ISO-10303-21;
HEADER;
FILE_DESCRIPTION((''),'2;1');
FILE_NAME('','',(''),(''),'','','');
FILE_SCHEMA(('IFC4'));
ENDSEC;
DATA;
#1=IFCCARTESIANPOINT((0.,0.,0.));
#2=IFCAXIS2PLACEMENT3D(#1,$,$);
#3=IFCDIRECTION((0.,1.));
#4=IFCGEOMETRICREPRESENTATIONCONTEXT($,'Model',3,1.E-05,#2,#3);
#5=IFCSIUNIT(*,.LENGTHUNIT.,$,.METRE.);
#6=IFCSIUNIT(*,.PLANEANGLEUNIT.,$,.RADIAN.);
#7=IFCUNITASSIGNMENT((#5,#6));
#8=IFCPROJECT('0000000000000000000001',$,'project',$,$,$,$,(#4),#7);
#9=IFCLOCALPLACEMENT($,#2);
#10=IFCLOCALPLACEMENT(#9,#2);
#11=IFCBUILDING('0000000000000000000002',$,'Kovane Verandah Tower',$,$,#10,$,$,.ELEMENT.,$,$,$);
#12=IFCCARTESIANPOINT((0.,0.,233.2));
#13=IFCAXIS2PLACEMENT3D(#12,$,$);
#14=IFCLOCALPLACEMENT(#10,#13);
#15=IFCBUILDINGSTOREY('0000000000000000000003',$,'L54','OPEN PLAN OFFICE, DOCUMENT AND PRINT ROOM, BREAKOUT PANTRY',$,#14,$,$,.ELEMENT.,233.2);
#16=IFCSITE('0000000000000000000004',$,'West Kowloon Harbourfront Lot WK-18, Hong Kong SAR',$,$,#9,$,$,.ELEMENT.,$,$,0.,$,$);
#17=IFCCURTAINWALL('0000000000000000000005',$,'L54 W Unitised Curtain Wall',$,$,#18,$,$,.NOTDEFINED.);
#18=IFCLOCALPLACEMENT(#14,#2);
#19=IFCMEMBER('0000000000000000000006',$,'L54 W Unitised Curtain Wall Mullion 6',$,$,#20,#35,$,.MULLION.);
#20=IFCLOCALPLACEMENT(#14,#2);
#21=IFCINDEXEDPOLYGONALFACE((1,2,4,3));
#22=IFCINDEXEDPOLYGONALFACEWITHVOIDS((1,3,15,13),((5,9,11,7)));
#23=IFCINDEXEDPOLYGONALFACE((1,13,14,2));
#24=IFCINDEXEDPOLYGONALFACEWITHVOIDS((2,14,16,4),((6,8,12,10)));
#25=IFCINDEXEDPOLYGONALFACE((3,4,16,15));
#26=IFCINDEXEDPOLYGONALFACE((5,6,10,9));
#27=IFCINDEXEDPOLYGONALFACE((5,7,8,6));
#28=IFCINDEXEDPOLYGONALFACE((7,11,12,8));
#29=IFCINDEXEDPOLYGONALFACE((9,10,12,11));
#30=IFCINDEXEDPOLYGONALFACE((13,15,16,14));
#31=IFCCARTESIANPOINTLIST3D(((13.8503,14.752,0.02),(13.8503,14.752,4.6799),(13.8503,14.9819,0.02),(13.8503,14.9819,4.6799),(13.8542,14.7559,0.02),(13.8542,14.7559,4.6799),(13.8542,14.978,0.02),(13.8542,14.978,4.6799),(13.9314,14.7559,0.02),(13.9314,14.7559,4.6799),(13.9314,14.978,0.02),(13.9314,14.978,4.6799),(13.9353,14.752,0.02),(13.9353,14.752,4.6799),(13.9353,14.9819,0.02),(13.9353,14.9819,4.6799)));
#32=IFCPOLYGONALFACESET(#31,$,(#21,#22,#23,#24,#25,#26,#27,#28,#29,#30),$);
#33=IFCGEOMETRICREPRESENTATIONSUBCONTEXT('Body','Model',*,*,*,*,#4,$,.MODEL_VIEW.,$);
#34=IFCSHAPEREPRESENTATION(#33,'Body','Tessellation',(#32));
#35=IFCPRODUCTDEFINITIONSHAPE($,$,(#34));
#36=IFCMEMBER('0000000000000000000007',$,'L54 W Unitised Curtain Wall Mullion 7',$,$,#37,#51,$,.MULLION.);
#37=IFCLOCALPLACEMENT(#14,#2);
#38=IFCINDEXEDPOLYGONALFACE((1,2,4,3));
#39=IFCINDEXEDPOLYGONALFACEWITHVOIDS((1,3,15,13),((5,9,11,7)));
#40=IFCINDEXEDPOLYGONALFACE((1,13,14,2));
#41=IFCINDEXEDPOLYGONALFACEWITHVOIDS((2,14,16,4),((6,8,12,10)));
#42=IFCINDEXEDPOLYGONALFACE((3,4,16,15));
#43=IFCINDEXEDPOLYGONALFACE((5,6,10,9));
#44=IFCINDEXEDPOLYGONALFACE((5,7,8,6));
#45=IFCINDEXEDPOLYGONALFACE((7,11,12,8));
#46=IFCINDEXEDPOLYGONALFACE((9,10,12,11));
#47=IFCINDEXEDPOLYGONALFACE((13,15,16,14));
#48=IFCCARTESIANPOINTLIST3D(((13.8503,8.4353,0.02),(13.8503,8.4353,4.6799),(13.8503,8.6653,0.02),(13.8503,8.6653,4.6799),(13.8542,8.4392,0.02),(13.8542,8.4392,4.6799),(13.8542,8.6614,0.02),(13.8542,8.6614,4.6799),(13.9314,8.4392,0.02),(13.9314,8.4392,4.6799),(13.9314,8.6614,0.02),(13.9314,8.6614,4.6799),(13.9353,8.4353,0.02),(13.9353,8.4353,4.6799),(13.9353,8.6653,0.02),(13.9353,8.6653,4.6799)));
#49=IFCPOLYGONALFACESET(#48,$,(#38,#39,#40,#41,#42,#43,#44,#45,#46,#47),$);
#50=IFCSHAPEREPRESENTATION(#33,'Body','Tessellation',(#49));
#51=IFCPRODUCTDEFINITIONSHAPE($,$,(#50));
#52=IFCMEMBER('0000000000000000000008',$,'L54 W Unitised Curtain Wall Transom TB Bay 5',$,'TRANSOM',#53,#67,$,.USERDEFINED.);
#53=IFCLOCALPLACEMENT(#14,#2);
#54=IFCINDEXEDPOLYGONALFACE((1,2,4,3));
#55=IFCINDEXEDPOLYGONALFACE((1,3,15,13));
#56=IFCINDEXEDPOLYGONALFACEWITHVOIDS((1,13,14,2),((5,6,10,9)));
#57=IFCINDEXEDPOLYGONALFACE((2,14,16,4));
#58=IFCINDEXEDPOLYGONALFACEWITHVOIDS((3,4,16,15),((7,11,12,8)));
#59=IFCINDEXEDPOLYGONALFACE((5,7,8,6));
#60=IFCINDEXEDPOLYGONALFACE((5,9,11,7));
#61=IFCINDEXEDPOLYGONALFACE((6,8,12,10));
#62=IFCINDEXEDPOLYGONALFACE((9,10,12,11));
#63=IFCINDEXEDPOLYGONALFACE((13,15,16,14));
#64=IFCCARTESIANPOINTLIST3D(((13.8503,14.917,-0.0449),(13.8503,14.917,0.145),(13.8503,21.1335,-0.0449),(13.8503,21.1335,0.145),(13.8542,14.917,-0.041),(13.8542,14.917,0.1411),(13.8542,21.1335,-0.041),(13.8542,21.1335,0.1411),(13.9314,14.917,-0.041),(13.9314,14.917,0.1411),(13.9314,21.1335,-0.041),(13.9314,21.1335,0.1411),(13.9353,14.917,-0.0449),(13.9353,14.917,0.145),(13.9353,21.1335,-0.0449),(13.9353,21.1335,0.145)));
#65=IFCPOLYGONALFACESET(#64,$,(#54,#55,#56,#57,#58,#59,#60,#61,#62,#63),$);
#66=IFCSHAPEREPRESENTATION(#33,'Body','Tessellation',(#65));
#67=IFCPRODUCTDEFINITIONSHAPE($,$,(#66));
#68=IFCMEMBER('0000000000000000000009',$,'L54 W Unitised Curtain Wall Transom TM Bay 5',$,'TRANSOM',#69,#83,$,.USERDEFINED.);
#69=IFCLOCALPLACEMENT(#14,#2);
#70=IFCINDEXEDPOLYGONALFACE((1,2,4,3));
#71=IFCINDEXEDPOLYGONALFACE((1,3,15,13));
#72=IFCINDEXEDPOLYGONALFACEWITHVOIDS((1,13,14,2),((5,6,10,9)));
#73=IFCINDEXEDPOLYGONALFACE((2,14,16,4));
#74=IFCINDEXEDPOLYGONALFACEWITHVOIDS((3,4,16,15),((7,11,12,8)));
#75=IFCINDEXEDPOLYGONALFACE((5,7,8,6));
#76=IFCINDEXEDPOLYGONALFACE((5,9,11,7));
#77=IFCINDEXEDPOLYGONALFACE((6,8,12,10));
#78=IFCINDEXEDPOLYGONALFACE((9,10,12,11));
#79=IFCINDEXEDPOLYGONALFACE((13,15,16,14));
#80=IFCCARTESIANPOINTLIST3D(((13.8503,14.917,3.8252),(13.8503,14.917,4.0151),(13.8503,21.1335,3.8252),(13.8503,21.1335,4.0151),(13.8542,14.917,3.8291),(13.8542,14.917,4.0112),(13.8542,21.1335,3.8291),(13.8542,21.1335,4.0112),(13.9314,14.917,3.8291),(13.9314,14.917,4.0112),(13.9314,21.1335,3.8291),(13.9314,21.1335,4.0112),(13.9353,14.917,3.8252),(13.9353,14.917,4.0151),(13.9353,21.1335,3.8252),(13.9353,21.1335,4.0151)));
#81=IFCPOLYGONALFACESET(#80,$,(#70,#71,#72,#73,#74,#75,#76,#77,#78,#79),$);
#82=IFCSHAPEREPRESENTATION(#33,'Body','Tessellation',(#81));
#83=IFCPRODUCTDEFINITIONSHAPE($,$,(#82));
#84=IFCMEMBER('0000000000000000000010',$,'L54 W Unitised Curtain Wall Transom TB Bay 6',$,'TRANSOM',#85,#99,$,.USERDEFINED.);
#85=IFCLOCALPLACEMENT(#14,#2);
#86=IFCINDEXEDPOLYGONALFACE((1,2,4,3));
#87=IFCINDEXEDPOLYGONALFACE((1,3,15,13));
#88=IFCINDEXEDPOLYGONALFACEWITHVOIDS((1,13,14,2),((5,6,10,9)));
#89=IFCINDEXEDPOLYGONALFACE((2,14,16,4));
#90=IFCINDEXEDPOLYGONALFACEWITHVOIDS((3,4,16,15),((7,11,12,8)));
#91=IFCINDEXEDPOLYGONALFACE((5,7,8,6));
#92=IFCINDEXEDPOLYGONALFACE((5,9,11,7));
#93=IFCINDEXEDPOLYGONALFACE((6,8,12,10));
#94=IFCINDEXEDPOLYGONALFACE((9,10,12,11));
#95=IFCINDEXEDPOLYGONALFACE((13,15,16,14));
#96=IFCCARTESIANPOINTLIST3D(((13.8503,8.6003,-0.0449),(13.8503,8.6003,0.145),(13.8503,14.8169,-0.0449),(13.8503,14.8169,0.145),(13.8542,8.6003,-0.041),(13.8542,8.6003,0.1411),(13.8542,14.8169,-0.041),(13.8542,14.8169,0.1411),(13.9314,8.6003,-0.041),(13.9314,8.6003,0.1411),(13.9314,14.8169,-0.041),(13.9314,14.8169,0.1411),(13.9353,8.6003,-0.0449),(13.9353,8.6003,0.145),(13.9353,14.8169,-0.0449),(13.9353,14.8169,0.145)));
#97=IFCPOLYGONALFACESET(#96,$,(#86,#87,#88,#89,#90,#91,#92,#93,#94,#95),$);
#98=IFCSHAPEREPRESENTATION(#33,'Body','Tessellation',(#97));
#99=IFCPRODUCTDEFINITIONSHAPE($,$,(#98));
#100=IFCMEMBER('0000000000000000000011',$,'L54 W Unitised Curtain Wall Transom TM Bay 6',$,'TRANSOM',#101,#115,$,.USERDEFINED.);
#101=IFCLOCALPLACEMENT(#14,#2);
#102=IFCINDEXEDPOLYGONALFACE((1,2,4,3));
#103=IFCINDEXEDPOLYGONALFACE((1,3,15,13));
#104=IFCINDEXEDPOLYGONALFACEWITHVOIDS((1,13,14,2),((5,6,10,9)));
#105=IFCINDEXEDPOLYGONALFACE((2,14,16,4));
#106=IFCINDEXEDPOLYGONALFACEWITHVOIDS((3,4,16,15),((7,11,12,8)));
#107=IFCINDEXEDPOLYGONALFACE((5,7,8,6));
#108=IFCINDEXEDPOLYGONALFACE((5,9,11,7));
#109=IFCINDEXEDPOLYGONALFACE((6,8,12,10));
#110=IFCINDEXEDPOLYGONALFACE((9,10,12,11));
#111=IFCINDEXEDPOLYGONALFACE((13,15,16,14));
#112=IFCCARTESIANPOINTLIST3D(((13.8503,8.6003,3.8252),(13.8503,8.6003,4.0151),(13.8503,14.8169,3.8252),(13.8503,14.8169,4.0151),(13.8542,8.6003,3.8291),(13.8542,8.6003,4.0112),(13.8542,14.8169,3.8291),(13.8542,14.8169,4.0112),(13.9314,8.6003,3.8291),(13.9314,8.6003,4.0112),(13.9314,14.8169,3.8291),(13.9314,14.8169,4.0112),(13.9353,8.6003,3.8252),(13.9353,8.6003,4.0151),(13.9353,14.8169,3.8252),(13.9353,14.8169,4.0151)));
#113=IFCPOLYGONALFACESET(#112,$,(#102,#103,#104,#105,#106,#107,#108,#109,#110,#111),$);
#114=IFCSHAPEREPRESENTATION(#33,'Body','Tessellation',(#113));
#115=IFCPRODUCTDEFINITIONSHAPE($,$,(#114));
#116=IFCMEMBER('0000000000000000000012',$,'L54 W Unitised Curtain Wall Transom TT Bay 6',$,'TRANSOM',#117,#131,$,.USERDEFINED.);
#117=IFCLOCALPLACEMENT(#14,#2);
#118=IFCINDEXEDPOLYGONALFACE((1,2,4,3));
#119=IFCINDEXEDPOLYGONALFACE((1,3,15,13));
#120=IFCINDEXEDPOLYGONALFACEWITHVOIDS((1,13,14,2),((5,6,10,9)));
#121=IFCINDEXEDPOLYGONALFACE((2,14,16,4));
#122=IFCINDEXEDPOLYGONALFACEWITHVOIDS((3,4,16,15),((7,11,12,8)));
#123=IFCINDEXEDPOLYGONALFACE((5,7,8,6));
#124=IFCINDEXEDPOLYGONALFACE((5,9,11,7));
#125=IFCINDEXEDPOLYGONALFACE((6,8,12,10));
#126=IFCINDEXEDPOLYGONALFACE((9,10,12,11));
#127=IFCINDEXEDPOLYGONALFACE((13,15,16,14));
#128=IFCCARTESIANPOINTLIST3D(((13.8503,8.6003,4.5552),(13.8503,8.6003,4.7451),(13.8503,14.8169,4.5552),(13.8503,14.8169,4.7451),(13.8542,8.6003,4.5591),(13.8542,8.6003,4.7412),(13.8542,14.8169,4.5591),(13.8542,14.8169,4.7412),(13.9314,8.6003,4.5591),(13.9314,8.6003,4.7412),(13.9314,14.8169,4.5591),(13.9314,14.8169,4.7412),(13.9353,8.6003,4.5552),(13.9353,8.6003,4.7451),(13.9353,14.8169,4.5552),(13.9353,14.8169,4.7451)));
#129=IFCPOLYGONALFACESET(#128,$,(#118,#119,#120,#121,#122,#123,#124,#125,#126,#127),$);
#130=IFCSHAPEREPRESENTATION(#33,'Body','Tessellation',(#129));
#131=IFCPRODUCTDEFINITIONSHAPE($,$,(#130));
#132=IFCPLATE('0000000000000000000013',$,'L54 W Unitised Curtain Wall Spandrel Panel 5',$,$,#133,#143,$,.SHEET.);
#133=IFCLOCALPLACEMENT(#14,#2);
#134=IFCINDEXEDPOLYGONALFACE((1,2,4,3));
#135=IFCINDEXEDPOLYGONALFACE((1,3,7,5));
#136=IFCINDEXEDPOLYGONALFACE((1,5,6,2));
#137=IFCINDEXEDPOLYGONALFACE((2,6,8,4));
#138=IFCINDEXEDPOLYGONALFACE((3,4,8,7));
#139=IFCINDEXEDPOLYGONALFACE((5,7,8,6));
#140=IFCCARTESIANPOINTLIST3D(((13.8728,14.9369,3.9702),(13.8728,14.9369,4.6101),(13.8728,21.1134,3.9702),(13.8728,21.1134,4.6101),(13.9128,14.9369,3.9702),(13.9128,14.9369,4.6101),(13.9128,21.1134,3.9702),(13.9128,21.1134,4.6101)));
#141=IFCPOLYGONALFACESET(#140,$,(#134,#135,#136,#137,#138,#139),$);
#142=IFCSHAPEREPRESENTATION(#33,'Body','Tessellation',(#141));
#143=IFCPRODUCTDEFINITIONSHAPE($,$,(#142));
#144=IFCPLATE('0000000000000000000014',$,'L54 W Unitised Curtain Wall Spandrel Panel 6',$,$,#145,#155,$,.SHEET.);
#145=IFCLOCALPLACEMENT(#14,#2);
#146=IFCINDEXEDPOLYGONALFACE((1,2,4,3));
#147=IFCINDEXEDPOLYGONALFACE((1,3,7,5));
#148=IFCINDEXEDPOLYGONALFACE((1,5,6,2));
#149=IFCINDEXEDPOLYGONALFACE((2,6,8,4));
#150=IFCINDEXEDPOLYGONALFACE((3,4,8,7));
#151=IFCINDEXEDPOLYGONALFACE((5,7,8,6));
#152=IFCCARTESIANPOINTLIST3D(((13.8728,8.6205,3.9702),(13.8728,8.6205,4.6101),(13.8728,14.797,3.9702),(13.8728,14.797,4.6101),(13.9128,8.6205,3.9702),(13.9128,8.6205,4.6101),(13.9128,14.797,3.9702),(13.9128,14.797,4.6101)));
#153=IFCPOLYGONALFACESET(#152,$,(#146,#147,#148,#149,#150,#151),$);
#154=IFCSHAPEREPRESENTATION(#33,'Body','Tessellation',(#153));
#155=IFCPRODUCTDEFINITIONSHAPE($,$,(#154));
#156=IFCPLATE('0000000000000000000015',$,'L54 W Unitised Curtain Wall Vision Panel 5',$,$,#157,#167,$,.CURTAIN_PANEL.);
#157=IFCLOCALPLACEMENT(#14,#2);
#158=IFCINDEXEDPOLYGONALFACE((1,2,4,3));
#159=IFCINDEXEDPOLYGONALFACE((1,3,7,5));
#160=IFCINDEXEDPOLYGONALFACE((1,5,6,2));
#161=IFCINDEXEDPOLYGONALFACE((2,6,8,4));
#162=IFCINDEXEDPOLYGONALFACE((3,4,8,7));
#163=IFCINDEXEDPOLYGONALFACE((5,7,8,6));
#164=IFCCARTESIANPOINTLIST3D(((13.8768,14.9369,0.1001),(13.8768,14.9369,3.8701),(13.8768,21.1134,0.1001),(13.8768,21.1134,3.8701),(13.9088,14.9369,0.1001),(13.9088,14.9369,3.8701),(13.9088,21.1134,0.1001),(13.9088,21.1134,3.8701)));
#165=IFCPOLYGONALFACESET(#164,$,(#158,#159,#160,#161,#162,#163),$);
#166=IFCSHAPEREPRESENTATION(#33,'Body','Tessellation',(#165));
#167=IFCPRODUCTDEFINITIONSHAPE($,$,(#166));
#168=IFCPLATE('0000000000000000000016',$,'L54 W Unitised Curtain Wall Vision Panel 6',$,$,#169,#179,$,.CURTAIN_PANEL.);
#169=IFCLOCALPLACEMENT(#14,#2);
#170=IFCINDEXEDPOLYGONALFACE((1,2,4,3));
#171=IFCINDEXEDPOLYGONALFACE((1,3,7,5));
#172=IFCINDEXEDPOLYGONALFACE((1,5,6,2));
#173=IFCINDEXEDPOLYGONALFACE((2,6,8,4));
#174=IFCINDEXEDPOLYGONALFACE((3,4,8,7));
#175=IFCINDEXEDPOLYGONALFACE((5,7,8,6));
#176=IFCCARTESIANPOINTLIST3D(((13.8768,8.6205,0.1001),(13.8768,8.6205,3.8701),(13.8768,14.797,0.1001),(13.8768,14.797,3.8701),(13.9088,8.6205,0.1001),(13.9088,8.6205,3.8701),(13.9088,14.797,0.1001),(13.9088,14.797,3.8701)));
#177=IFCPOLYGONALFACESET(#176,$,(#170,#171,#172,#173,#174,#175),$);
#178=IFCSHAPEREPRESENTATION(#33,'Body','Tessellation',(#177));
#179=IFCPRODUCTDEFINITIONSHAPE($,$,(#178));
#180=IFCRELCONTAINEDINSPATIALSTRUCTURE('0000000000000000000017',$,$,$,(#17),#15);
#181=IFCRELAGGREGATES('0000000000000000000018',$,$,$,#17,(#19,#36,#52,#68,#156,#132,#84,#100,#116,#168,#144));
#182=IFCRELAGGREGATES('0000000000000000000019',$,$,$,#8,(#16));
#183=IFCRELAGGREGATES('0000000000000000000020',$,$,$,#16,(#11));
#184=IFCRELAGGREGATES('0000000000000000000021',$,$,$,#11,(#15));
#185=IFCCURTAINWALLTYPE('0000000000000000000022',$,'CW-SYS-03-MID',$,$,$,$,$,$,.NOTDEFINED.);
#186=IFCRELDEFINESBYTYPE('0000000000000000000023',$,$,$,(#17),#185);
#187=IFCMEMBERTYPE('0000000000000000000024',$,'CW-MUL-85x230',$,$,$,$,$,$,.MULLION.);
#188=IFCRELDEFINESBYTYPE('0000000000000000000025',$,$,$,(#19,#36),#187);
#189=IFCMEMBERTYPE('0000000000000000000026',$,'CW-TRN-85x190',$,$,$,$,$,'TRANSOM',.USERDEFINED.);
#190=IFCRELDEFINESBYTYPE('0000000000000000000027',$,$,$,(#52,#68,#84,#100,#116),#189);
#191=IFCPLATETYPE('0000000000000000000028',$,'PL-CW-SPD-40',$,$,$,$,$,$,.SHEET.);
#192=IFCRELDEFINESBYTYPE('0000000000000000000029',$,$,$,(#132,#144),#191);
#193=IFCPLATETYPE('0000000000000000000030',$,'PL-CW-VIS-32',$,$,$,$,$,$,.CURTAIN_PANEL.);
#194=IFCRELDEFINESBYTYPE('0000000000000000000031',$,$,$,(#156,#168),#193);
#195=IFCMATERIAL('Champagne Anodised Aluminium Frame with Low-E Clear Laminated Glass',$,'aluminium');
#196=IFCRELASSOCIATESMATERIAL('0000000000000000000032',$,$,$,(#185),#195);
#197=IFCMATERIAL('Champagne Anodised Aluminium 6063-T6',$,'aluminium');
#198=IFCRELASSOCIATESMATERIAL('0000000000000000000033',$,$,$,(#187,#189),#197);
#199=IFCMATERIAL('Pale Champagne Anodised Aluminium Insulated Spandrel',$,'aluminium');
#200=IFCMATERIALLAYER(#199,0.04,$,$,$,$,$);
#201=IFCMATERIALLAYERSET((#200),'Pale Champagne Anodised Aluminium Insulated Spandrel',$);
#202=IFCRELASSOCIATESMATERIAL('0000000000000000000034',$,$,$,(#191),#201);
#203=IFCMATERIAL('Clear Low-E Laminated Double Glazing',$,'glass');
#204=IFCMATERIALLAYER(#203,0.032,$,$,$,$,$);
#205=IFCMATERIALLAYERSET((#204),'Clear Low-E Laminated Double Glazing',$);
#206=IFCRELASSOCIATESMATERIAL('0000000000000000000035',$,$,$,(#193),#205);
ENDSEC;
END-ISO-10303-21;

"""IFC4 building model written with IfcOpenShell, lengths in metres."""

from ifc_helpers import new_model, si_unit, direction, frame, origin, origin_2d, place, context, subcontext, project, spatial, rectangle, hollow_rectangle, extrude, material, layer, layer_set, material_profile, profile_set, type_object, element, aggregate, save


model = new_model("IFC4")

# Units and contexts
model_context = context("Model", 3, precision=1e-05, world=origin(), true_north=direction((0.0, 1.0)))
body_context = subcontext(model_context, "Body", "Model", "MODEL_VIEW")
ifc_project = project(units=[si_unit("LENGTHUNIT", "METRE"), si_unit("PLANEANGLEUNIT", "RADIAN")], contexts=[model_context])

# Site, building, storey
site_placement = place(None, origin())
site = spatial("IfcSite", under=ifc_project, at=site_placement, Name="West Kowloon Harbourfront Lot WK-18, Hong Kong SAR", CompositionType="ELEMENT", RefElevation=0.0)
building_placement = place(site_placement, origin())
building = spatial("IfcBuilding", under=site, at=building_placement, Name="Kovane Verandah Tower", CompositionType="ELEMENT")
storey_placement = place(building_placement, frame((0.0, 0.0, 233.2)))
storey = spatial("IfcBuildingStorey", under=building, at=storey_placement, Name="L54", Description="OPEN PLAN OFFICE, DOCUMENT AND PRINT ROOM, BREAKOUT PANTRY", CompositionType="ELEMENT", Elevation=233.2)

# Curtain wall, members, plates
ifc_material_1 = material(Name="Champagne Anodised Aluminium Frame with Low-E Clear Laminated Glass", Category="aluminium")
curtain_wall_type = type_object("IfcCurtainWallType", Name="CW-SYS-03-MID", PredefinedType="NOTDEFINED", material=ifc_material_1)
curtain_wall_placement = place(storey_placement, origin())
curtain_wall = element("IfcCurtainWall", 1, at=curtain_wall_placement, inside=storey, type_object=curtain_wall_type, Name="L54 W Unitised Curtain Wall", PredefinedType="NOTDEFINED")
ifc_material_2 = material(Name="Champagne Anodised Aluminium 6063-T6", Category="aluminium")
ifc_material_profile_1 = material_profile(ifc_material_2, hollow_rectangle(XDim=0.085, YDim=0.23, WallThickness=0.0039, at=origin_2d()), Name="AL85x230x4")
ifc_profile_set_1 = profile_set([ifc_material_profile_1], Name="Champagne Anodised Aluminium 6063-T6")
member_type_1 = type_object("IfcMemberType", Name="CW-MUL-85x230", PredefinedType="MULLION", material=ifc_profile_set_1)
member_1_placement = place(storey_placement, frame((13.8928, 14.8669, 0.02), z_axis=(0.0, 0.0, 1.0), x_axis=(-1.0, 0.0, 0.0)))
member_1 = element("IfcMember", 2, at=member_1_placement, type_object=member_type_1, Name="L54 W Unitised Curtain Wall Mullion 6", PredefinedType="MULLION", context=body_context, shape_type="SweptSolid", body=[
    extrude(hollow_rectangle(XDim=0.085, YDim=0.23, WallThickness=0.0039, at=origin_2d()), origin(), (0.0, 0.0, 1.0), 4.6599),
])
member_2_placement = place(storey_placement, frame((13.8928, 8.5503, 0.02), z_axis=(0.0, 0.0, 1.0), x_axis=(-1.0, 0.0, 0.0)))
member_2 = element("IfcMember", 3, at=member_2_placement, type_object=member_type_1, Name="L54 W Unitised Curtain Wall Mullion 7", PredefinedType="MULLION", context=body_context, shape_type="SweptSolid", body=[
    extrude(hollow_rectangle(XDim=0.085, YDim=0.23, WallThickness=0.0039, at=origin_2d()), origin(), (0.0, 0.0, 1.0), 4.6599),
])
ifc_material_profile_2 = material_profile(ifc_material_2, hollow_rectangle(XDim=0.085, YDim=0.1899, WallThickness=0.0039, at=origin_2d()), Name="AL85x190x4")
ifc_profile_set_2 = profile_set([ifc_material_profile_2], Name="Champagne Anodised Aluminium 6063-T6")
member_type_2 = type_object("IfcMemberType", Name="CW-TRN-85x190", ElementType="TRANSOM", PredefinedType="USERDEFINED", material=ifc_profile_set_2)
member_3_placement = place(storey_placement, frame((13.8928, 21.1335, 0.05), z_axis=(0.0, -1.0, 0.0), x_axis=(1.0, 0.0, 0.0)))
member_3 = element("IfcMember", 4, at=member_3_placement, type_object=member_type_2, Name="L54 W Unitised Curtain Wall Transom TB Bay 5", ObjectType="TRANSOM", PredefinedType="USERDEFINED", context=body_context, shape_type="SweptSolid", body=[
    extrude(hollow_rectangle(XDim=0.085, YDim=0.1899, WallThickness=0.0039, at=origin_2d()), origin(), (0.0, 0.0, 1.0), 6.2166),
])
member_4_placement = place(storey_placement, frame((13.8928, 21.1335, 3.9202), z_axis=(0.0, -1.0, 0.0), x_axis=(1.0, 0.0, 0.0)))
member_4 = element("IfcMember", 5, at=member_4_placement, type_object=member_type_2, Name="L54 W Unitised Curtain Wall Transom TM Bay 5", ObjectType="TRANSOM", PredefinedType="USERDEFINED", context=body_context, shape_type="SweptSolid", body=[
    extrude(hollow_rectangle(XDim=0.085, YDim=0.1899, WallThickness=0.0039, at=origin_2d()), origin(), (0.0, 0.0, 1.0), 6.2166),
])
member_5_placement = place(storey_placement, frame((13.8928, 14.8169, 0.05), z_axis=(0.0, -1.0, 0.0), x_axis=(1.0, 0.0, 0.0)))
member_5 = element("IfcMember", 6, at=member_5_placement, type_object=member_type_2, Name="L54 W Unitised Curtain Wall Transom TB Bay 6", ObjectType="TRANSOM", PredefinedType="USERDEFINED", context=body_context, shape_type="SweptSolid", body=[
    extrude(hollow_rectangle(XDim=0.085, YDim=0.1899, WallThickness=0.0039, at=origin_2d()), origin(), (0.0, 0.0, 1.0), 6.2166),
])
member_6_placement = place(storey_placement, frame((13.8928, 14.8169, 3.9202), z_axis=(0.0, -1.0, 0.0), x_axis=(1.0, 0.0, 0.0)))
member_6 = element("IfcMember", 7, at=member_6_placement, type_object=member_type_2, Name="L54 W Unitised Curtain Wall Transom TM Bay 6", ObjectType="TRANSOM", PredefinedType="USERDEFINED", context=body_context, shape_type="SweptSolid", body=[
    extrude(hollow_rectangle(XDim=0.085, YDim=0.1899, WallThickness=0.0039, at=origin_2d()), origin(), (0.0, 0.0, 1.0), 6.2166),
])
member_7_placement = place(storey_placement, frame((13.8928, 14.8169, 4.6501), z_axis=(0.0, -1.0, 0.0), x_axis=(1.0, 0.0, 0.0)))
member_7 = element("IfcMember", 8, at=member_7_placement, type_object=member_type_2, Name="L54 W Unitised Curtain Wall Transom TT Bay 6", ObjectType="TRANSOM", PredefinedType="USERDEFINED", context=body_context, shape_type="SweptSolid", body=[
    extrude(hollow_rectangle(XDim=0.085, YDim=0.1899, WallThickness=0.0039, at=origin_2d()), origin(), (0.0, 0.0, 1.0), 6.2166),
])
ifc_material_3 = material(Name="Pale Champagne Anodised Aluminium Insulated Spandrel", Category="aluminium")
ifc_layer_1 = layer(ifc_material_3, 0.04)
ifc_layer_set_1 = layer_set([ifc_layer_1], Name="Pale Champagne Anodised Aluminium Insulated Spandrel")
plate_type_1 = type_object("IfcPlateType", Name="PL-CW-SPD-40", PredefinedType="SHEET", material=ifc_layer_set_1)
plate_1_placement = place(storey_placement, frame((13.8928, 18.0251, 3.9702), z_axis=(0.0, 0.0, 1.0), x_axis=(0.0, -1.0, 0.0)))
plate_1 = element("IfcPlate", 9, at=plate_1_placement, type_object=plate_type_1, Name="L54 W Unitised Curtain Wall Spandrel Panel 5", PredefinedType="SHEET", context=body_context, shape_type="SweptSolid", body=[
    extrude(rectangle(XDim=6.1765, YDim=0.04, at=origin_2d()), origin(), (0.0, 0.0, 1.0), 0.6399),
])
plate_2_placement = place(storey_placement, frame((13.8928, 11.7087, 3.9702), z_axis=(0.0, 0.0, 1.0), x_axis=(0.0, -1.0, 0.0)))
plate_2 = element("IfcPlate", 10, at=plate_2_placement, type_object=plate_type_1, Name="L54 W Unitised Curtain Wall Spandrel Panel 6", PredefinedType="SHEET", context=body_context, shape_type="SweptSolid", body=[
    extrude(rectangle(XDim=6.1765, YDim=0.04, at=origin_2d()), origin(), (0.0, 0.0, 1.0), 0.6399),
])
ifc_material_4 = material(Name="Clear Low-E Laminated Double Glazing", Category="glass")
ifc_layer_2 = layer(ifc_material_4, 0.032)
ifc_layer_set_2 = layer_set([ifc_layer_2], Name="Clear Low-E Laminated Double Glazing")
plate_type_2 = type_object("IfcPlateType", Name="PL-CW-VIS-32", PredefinedType="CURTAIN_PANEL", material=ifc_layer_set_2)
plate_3_placement = place(storey_placement, frame((13.8928, 18.0251, 0.1001), z_axis=(0.0, 0.0, 1.0), x_axis=(0.0, -1.0, 0.0)))
plate_3 = element("IfcPlate", 11, at=plate_3_placement, type_object=plate_type_2, Name="L54 W Unitised Curtain Wall Vision Panel 5", PredefinedType="CURTAIN_PANEL", context=body_context, shape_type="SweptSolid", body=[
    extrude(rectangle(XDim=6.1765, YDim=0.032, at=origin_2d()), origin(), (0.0, 0.0, 1.0), 3.77),
])
plate_4_placement = place(storey_placement, frame((13.8928, 11.7087, 0.1001), z_axis=(0.0, 0.0, 1.0), x_axis=(0.0, -1.0, 0.0)))
plate_4 = element("IfcPlate", 12, at=plate_4_placement, type_object=plate_type_2, Name="L54 W Unitised Curtain Wall Vision Panel 6", PredefinedType="CURTAIN_PANEL", context=body_context, shape_type="SweptSolid", body=[
    extrude(rectangle(XDim=6.1765, YDim=0.032, at=origin_2d()), origin(), (0.0, 0.0, 1.0), 3.77),
])
aggregate(curtain_wall, [member_1, member_2, member_3, member_4, plate_3, plate_1, member_5, member_6, member_7, plate_4, plate_2])

save(model, "model.ifc")
